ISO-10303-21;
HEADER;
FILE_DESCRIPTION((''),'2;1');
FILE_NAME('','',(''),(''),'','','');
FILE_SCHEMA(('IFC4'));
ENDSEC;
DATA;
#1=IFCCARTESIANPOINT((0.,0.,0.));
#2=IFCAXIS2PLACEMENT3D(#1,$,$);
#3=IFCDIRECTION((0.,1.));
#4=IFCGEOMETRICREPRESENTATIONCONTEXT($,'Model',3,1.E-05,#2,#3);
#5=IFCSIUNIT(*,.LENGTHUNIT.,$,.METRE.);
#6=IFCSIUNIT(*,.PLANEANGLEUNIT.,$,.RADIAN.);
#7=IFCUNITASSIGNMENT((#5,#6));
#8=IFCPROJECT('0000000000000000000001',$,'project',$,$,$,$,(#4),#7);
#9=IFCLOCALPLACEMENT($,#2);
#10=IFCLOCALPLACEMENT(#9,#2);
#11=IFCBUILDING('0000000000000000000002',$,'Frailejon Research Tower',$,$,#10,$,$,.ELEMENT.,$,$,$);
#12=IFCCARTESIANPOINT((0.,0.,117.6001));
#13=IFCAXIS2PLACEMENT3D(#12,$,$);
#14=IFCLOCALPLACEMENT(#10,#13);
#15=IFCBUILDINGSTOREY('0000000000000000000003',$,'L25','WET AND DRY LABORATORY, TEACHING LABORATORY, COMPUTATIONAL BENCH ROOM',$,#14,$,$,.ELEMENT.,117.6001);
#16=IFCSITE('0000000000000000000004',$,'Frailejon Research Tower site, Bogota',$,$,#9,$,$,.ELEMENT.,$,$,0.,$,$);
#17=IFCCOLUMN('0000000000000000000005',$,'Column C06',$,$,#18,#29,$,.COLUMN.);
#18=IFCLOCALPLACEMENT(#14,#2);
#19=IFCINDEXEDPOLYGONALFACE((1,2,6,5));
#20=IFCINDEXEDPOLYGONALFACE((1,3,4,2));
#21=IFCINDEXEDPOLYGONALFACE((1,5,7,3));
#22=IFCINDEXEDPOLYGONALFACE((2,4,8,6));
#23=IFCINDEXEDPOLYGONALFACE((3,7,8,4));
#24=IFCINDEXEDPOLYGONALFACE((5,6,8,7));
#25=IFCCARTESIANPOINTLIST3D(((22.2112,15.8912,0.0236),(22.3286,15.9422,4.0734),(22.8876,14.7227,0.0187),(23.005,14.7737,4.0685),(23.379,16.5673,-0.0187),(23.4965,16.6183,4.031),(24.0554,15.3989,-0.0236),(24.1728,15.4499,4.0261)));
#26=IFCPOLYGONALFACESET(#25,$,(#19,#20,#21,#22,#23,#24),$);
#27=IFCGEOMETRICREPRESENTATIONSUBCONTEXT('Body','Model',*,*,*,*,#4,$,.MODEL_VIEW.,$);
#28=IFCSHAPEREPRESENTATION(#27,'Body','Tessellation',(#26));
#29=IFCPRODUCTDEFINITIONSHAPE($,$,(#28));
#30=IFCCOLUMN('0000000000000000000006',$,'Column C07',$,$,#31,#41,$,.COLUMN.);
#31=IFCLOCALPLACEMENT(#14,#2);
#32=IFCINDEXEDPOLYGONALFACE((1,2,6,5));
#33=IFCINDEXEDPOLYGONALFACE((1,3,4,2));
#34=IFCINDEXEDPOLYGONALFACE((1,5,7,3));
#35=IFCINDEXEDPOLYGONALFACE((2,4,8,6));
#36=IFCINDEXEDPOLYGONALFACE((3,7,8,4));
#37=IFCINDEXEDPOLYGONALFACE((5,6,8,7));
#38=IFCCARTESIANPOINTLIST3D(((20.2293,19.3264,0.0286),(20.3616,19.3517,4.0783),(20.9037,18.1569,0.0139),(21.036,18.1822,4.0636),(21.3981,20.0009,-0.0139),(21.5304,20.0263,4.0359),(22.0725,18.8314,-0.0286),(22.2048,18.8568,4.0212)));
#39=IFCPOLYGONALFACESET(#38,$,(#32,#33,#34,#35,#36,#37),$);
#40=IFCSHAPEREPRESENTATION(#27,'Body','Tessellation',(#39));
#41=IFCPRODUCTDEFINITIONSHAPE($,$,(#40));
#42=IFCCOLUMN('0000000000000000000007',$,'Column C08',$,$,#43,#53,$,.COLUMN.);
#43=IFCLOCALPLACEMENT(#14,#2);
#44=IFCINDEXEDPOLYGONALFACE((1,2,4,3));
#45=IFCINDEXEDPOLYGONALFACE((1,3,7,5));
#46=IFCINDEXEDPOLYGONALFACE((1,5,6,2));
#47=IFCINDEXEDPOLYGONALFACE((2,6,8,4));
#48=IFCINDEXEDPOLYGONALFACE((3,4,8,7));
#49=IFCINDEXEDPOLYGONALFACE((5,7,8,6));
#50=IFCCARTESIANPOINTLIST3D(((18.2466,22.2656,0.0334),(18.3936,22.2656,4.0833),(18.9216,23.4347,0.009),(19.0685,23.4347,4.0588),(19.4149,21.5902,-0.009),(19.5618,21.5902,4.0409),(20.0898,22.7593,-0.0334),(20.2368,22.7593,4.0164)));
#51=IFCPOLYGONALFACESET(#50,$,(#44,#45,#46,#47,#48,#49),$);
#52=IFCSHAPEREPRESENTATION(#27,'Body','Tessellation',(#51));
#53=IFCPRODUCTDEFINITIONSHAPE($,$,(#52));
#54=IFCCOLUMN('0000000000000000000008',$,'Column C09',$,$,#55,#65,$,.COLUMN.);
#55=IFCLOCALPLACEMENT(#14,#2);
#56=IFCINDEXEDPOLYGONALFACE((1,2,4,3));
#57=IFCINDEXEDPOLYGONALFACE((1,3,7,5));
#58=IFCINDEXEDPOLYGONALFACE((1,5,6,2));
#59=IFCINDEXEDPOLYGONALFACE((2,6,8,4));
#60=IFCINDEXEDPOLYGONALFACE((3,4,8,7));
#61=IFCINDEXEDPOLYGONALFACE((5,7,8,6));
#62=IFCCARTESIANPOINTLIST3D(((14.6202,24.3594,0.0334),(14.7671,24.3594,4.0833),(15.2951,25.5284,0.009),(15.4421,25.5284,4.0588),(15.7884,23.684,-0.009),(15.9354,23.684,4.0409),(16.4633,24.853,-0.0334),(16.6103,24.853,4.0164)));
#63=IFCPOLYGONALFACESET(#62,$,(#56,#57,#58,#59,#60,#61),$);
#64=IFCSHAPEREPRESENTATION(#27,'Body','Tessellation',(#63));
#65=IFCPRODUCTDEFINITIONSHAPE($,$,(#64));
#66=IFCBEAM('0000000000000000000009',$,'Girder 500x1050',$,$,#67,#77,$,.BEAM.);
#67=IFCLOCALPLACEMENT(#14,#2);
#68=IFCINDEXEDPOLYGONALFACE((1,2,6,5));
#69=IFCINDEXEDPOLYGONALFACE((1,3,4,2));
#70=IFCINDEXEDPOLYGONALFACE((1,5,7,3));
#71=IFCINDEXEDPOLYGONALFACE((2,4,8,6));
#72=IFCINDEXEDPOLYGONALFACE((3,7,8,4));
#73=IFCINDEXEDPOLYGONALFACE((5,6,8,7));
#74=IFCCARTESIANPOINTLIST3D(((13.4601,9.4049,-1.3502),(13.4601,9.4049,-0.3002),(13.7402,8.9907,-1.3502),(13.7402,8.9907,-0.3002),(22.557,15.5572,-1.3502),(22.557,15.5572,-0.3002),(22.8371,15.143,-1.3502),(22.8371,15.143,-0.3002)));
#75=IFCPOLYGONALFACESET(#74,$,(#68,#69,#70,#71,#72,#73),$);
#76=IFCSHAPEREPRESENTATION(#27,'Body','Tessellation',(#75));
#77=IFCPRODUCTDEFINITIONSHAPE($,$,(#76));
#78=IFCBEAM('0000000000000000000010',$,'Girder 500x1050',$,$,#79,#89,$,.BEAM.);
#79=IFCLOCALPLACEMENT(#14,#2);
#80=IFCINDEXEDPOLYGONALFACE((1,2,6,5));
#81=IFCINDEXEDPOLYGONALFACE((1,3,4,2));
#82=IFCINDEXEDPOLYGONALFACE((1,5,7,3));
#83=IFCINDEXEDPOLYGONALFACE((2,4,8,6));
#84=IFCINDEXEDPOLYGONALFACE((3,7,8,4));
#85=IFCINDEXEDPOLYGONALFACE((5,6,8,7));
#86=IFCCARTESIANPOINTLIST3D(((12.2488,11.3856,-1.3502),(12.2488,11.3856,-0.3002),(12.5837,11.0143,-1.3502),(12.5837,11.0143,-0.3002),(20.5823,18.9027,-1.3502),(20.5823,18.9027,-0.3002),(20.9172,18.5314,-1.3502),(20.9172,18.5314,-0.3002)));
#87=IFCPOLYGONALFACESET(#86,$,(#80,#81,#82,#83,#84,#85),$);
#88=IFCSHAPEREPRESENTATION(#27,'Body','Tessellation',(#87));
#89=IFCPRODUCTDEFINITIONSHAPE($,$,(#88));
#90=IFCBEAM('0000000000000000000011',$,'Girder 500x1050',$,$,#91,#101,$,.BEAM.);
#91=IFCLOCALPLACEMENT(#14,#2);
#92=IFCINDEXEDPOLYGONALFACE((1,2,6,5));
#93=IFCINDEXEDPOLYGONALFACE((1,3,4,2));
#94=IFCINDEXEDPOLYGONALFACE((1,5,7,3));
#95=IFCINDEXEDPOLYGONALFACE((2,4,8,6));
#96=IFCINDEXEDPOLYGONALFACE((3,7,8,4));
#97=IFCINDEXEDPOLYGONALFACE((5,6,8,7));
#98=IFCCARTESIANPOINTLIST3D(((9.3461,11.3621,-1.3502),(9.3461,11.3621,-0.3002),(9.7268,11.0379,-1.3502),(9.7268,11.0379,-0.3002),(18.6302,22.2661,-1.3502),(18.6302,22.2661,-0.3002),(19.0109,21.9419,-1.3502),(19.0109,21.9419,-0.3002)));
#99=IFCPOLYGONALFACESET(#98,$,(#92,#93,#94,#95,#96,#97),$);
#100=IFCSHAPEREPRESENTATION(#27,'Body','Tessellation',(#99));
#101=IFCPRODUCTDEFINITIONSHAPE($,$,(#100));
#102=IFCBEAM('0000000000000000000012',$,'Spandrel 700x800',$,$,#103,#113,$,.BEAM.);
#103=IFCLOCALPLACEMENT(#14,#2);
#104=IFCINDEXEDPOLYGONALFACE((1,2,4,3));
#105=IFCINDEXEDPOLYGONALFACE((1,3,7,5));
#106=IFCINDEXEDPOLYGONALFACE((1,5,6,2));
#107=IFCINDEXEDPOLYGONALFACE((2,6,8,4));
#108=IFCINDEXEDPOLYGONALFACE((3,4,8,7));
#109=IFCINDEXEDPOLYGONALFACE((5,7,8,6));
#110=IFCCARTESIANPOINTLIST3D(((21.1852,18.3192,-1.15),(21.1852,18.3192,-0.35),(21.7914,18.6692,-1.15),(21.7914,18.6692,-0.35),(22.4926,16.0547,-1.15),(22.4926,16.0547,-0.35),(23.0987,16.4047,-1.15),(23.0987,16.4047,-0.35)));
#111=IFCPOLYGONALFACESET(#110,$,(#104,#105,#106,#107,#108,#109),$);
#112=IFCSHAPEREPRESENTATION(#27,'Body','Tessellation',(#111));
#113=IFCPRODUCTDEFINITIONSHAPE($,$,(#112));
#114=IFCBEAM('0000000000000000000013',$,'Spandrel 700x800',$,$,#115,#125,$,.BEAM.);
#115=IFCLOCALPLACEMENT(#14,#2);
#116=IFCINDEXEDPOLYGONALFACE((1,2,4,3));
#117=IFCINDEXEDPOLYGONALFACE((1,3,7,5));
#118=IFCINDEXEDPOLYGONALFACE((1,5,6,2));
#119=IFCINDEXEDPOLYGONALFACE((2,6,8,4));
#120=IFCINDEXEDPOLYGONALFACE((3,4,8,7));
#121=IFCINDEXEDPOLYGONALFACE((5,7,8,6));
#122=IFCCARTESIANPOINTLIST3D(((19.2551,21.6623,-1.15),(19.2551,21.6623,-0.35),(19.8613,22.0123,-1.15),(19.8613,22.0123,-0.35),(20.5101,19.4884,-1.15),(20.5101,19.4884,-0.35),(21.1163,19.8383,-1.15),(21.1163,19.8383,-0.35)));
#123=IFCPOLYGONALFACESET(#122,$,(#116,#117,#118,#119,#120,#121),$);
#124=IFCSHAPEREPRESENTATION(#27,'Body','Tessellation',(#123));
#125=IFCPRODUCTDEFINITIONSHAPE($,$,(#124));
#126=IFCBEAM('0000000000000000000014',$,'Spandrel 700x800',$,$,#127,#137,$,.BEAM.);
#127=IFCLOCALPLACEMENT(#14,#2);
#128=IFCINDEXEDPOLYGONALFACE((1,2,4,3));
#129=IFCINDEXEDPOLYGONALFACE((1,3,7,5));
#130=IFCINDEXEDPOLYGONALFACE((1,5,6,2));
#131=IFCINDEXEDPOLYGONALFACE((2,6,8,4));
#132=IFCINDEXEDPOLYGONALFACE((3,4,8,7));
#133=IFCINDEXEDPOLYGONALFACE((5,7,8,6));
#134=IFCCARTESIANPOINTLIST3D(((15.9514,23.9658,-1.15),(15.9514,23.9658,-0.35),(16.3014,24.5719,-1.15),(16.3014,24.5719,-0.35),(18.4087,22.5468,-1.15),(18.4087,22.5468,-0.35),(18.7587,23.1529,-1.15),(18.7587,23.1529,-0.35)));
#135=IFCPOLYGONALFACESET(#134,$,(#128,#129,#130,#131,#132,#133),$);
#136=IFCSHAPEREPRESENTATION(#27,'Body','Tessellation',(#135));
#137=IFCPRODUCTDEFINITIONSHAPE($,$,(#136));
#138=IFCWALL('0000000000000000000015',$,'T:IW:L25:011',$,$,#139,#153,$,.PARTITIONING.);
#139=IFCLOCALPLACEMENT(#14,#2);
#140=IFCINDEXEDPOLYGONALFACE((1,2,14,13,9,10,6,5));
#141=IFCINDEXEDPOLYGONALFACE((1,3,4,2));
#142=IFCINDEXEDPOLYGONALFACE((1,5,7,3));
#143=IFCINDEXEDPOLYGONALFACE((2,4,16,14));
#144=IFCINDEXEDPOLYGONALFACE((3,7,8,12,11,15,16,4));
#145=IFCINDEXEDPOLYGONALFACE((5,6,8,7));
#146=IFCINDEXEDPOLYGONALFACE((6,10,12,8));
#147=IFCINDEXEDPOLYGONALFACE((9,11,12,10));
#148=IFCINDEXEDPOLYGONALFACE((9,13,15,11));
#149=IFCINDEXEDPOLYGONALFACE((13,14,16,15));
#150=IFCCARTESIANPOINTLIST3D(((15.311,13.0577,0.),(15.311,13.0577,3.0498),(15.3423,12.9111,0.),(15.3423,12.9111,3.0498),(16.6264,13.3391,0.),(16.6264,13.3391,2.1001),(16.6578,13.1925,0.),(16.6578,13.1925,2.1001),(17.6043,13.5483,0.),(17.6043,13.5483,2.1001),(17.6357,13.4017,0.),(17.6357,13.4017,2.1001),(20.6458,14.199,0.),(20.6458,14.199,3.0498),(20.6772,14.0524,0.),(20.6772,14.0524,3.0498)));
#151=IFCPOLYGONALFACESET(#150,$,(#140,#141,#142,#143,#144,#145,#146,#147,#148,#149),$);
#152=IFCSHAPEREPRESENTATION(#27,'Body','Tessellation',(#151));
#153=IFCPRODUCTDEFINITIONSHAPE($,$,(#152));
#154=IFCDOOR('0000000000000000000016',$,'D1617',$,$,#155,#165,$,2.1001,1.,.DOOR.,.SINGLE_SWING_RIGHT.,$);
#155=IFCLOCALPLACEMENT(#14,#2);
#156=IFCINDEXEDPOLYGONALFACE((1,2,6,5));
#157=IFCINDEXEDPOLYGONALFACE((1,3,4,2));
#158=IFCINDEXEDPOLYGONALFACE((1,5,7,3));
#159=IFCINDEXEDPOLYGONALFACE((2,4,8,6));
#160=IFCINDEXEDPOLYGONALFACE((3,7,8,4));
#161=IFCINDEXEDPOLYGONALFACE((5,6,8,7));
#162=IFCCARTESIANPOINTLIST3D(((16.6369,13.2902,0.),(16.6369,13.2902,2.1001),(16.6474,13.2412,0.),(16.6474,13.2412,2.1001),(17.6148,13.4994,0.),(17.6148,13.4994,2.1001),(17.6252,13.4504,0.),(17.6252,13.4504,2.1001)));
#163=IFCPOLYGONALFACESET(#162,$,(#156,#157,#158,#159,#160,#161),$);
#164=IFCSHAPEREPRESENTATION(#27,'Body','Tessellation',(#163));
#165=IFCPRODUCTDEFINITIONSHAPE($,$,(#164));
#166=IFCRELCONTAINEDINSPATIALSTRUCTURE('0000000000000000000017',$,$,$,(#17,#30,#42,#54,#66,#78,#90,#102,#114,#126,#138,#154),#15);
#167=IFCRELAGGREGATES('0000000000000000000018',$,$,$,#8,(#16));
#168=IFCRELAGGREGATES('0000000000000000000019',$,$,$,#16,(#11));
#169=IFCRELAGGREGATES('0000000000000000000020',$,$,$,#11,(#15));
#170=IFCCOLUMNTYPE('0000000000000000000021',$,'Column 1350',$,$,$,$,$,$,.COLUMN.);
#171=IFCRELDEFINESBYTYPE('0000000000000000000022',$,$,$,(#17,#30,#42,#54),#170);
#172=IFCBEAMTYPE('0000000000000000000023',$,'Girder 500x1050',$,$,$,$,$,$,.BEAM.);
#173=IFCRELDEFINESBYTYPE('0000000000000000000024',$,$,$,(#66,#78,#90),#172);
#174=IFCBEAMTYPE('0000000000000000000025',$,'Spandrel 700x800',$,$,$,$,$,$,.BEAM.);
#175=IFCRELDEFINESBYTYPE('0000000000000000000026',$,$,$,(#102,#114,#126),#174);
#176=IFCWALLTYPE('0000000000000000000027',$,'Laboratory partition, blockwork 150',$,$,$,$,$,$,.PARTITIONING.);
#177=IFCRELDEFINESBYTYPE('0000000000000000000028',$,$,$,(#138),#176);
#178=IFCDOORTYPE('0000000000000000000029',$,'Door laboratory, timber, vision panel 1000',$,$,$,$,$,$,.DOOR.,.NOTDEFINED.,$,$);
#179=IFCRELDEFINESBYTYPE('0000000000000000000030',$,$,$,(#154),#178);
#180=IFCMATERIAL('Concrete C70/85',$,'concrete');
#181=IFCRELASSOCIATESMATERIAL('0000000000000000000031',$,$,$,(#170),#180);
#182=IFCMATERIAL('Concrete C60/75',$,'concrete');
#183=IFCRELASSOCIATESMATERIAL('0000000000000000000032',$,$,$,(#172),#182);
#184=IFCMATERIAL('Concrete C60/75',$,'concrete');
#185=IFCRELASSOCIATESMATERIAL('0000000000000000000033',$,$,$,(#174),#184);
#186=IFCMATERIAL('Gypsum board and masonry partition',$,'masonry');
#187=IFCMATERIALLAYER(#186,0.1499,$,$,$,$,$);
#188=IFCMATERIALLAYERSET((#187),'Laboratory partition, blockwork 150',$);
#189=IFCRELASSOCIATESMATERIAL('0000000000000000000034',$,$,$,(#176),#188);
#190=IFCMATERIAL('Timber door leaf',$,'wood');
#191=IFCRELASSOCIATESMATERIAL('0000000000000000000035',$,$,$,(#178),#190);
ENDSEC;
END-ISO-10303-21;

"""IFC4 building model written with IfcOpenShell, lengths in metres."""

from ifc_helpers import new_model, si_unit, direction, frame, frame_2d, origin, origin_2d, place, context, subcontext, project, spatial, rectangle, extrude, material, layer, layer_set, material_profile, profile_set, type_object, element, fill, save


model = new_model("IFC4")

# Units and contexts
model_context = context("Model", 3, precision=1e-05, world=origin(), true_north=direction((0.0, 1.0)))
body_context = subcontext(model_context, "Body", "Model", "MODEL_VIEW")
ifc_project = project(units=[si_unit("LENGTHUNIT", "METRE"), si_unit("PLANEANGLEUNIT", "RADIAN")], contexts=[model_context])

# Site, building, storey
site_placement = place(None, origin())
site = spatial("IfcSite", under=ifc_project, at=site_placement, Name="Frailejon Research Tower site, Bogota", CompositionType="ELEMENT", RefElevation=0.0)
building_placement = place(site_placement, origin())
building = spatial("IfcBuilding", under=site, at=building_placement, Name="Frailejon Research Tower", CompositionType="ELEMENT")
storey_placement = place(building_placement, frame((0.0, 0.0, 117.6001)))
storey = spatial("IfcBuildingStorey", under=building, at=storey_placement, Name="L25", Description="WET AND DRY LABORATORY, TEACHING LABORATORY, COMPUTATIONAL BENCH ROOM", CompositionType="ELEMENT", Elevation=117.6001)

# Columns
ifc_material_1 = material(Name="Concrete C70/85", Category="concrete")
ifc_material_profile_1 = material_profile(ifc_material_1, rectangle(XDim=1.3501, YDim=1.3501, at=origin_2d()), Name="Column 1350")
ifc_profile_set_1 = profile_set([ifc_material_profile_1], Name="Concrete C70/85")
column_type = type_object("IfcColumnType", Name="Column 1350", PredefinedType="COLUMN", material=ifc_profile_set_1)
column_1_placement = place(storey_placement, frame((23.1333, 15.645, 0.0), z_axis=(0.028982, 0.012593, 0.999501), x_axis=(-0.500966, 0.865459, 0.003622)))
element("IfcColumn", 1, at=column_1_placement, inside=storey, type_object=column_type, Name="Column C06", PredefinedType="COLUMN", context=body_context, shape_type="SweptSolid", body=[
    extrude(rectangle(XDim=1.3501, YDim=1.3501, at=origin_2d()), origin(), (0.0, 0.0, 1.0), 4.0518),
])
column_2_placement = place(storey_placement, frame((21.1509, 19.0789, 0.0), z_axis=(0.032656, 0.006266, 0.999447), x_axis=(-0.49952, 0.866234, 0.01089)))
element("IfcColumn", 2, at=column_2_placement, inside=storey, type_object=column_type, Name="Column C07", PredefinedType="COLUMN", context=body_context, shape_type="SweptSolid", body=[
    extrude(rectangle(XDim=1.3501, YDim=1.3501, at=origin_2d()), origin(), (0.0, 0.0, 1.0), 4.052),
])
for number, where, z_axis, x_axis, name in (
    (3, (19.1682, 22.5125, 0.0), (0.036267, 0.0, 0.999342), (-0.865313, 0.500246, 0.031403), "Column C08"),
    (4, (15.5417, 24.6062, 0.0), (0.036267, 0.0, 0.999342), (-0.865313, 0.500246, 0.031403), "Column C09"),
):
    element("IfcColumn", number, at=place(storey_placement, frame(where, z_axis=z_axis, x_axis=x_axis)), inside=storey, type_object=column_type, Name=name, PredefinedType="COLUMN", context=body_context, shape_type="SweptSolid", body=[
        extrude(rectangle(XDim=1.3501, YDim=1.3501, at=origin_2d()), origin(), (0.0, 0.0, 1.0), 4.0525),
    ])

# Beams
ifc_material_2 = material(Name="Concrete C60/75", Category="concrete")
ifc_material_profile_2 = material_profile(ifc_material_2, rectangle(XDim=0.5, YDim=1.05, at=origin_2d()), Name="Girder 500x1050")
ifc_profile_set_2 = profile_set([ifc_material_profile_2], Name="Concrete C60/75")
beam_type_1 = type_object("IfcBeamType", Name="Girder 500x1050", PredefinedType="BEAM", material=ifc_profile_set_2)
beam_1_placement = place(storey_placement, frame((22.697, 15.3501, -0.8252), z_axis=(-0.828345, -0.560218, 0.0), x_axis=(0.560218, -0.828345, 0.0)))
element("IfcBeam", 5, at=beam_1_placement, inside=storey, type_object=beam_type_1, Name="Girder 500x1050", PredefinedType="BEAM", context=body_context, shape_type="SweptSolid", body=[
    extrude(rectangle(XDim=0.5, YDim=1.05, at=origin_2d()), origin(), (0.0, 0.0, 1.0), 10.9819),
])
beam_2_placement = place(storey_placement, frame((20.7498, 18.717, -0.8252), z_axis=(-0.742543, -0.669798, 0.0), x_axis=(0.669798, -0.742543, 0.0)))
element("IfcBeam", 6, at=beam_2_placement, inside=storey, type_object=beam_type_1, Name="Girder 500x1050", PredefinedType="BEAM", context=body_context, shape_type="SweptSolid", body=[
    extrude(rectangle(XDim=0.5, YDim=1.05, at=origin_2d()), origin(), (0.0, 0.0, 1.0), 11.2229),
])
beam_3_placement = place(storey_placement, frame((18.8206, 22.104, -0.8252), z_axis=(-0.648286, -0.761397, 0.0), x_axis=(0.761397, -0.648286, 0.0)))
element("IfcBeam", 7, at=beam_3_placement, inside=storey, type_object=beam_type_1, Name="Girder 500x1050", PredefinedType="BEAM", context=body_context, shape_type="SweptSolid", body=[
    extrude(rectangle(XDim=0.5, YDim=1.05, at=origin_2d()), origin(), (0.0, 0.0, 1.0), 14.321),
])
ifc_material_3 = material(Name="Concrete C60/75", Category="concrete")
ifc_material_profile_3 = material_profile(ifc_material_3, rectangle(XDim=0.7, YDim=0.8, at=origin_2d()), Name="Spandrel 700x800")
ifc_profile_set_3 = profile_set([ifc_material_profile_3], Name="Concrete C60/75")
beam_type_2 = type_object("IfcBeamType", Name="Spandrel 700x800", PredefinedType="BEAM", material=ifc_profile_set_3)
beam_4_placement = place(storey_placement, frame((22.7957, 16.2297, -0.75), z_axis=(-0.500005, 0.866022, 0.0), x_axis=(-0.866022, -0.500005, 0.0)))
element("IfcBeam", 8, at=beam_4_placement, inside=storey, type_object=beam_type_2, Name="Spandrel 700x800", PredefinedType="BEAM", context=body_context, shape_type="SweptSolid", body=[
    extrude(rectangle(XDim=0.7, YDim=0.8, at=origin_2d()), origin(), (0.0, 0.0, 1.0), 2.6147),
])
beam_5_placement = place(storey_placement, frame((20.8132, 19.6633, -0.75), z_axis=(-0.499978, 0.866038, 0.0), x_axis=(-0.866038, -0.499978, 0.0)))
element("IfcBeam", 9, at=beam_5_placement, inside=storey, type_object=beam_type_2, Name="Spandrel 700x800", PredefinedType="BEAM", context=body_context, shape_type="SweptSolid", body=[
    extrude(rectangle(XDim=0.7, YDim=0.8, at=origin_2d()), origin(), (0.0, 0.0, 1.0), 2.5103),
])
beam_6_placement = place(storey_placement, frame((18.5837, 22.8499, -0.75), z_axis=(-0.865989, 0.500063, 0.0), x_axis=(-0.500063, -0.865989, 0.0)))
element("IfcBeam", 10, at=beam_6_placement, inside=storey, type_object=beam_type_2, Name="Spandrel 700x800", PredefinedType="BEAM", context=body_context, shape_type="SweptSolid", body=[
    extrude(rectangle(XDim=0.7, YDim=0.8, at=origin_2d()), origin(), (0.0, 0.0, 1.0), 2.8376),
])

# Wall, opening, door
ifc_material_4 = material(Name="Gypsum board and masonry partition", Category="masonry")
ifc_layer_1 = layer(ifc_material_4, 0.1499)
ifc_layer_set_1 = layer_set([ifc_layer_1], Name="Laboratory partition, blockwork 150")
wall_type_1 = type_object("IfcWallType", Name="Laboratory partition, blockwork 150", PredefinedType="PARTITIONING", material=ifc_layer_set_1)
wall_1_placement = place(storey_placement, frame((15.3267, 12.9844, 0.0), z_axis=(0.0, 0.0, 1.0), x_axis=(0.977872, 0.209205, 0.0)))
wall_1 = element("IfcWall", 11, at=wall_1_placement, inside=storey, type_object=wall_type_1, Name="T:IW:L25:011", PredefinedType="PARTITIONING", context=body_context, shape_type="SweptSolid", body=[
    extrude(rectangle(XDim=5.4556, YDim=0.1499, at=frame_2d((2.7278, 0.0))), origin(), (0.0, 0.0, 1.0), 3.0498),
])
opening_1_placement = place(wall_1_placement, frame((1.3452, 0.0, 0.0)))
opening_1 = element("IfcOpeningElement", 12, at=opening_1_placement, cuts=wall_1, PredefinedType="OPENING", context=body_context, shape_type="SweptSolid", body=[
    extrude(rectangle(XDim=1.0, YDim=2.1001, at=frame_2d((0.5, 1.05))), frame((0.0, 0.085, 0.0), z_axis=(0.0, -1.0, 0.0), x_axis=(1.0, 0.0, 0.0)), (0.0, 0.0, 1.0), 0.1699),
])
ifc_material_5 = material(Name="Timber door leaf", Category="wood")
door_type = type_object("IfcDoorType", Name="Door laboratory, timber, vision panel 1000", OperationType="NOTDEFINED", PredefinedType="DOOR", material=ifc_material_5)
door_placement = place(opening_1_placement, origin())
door = element("IfcDoor", 13, at=door_placement, inside=storey, type_object=door_type, Name="D1617", OperationType="SINGLE_SWING_RIGHT", OverallHeight=2.1001, OverallWidth=1.0, PredefinedType="DOOR", context=body_context, shape_type="SweptSolid", body=[
    extrude(rectangle(XDim=1.0, YDim=2.1001, at=frame_2d((0.5, 1.05))), frame((0.0, 0.0249, 0.0), z_axis=(0.0, -1.0, 0.0), x_axis=(1.0, 0.0, 0.0)), (0.0, 0.0, 1.0), 0.05),
])
fill(opening_1, door)

save(model, "model.ifc")
